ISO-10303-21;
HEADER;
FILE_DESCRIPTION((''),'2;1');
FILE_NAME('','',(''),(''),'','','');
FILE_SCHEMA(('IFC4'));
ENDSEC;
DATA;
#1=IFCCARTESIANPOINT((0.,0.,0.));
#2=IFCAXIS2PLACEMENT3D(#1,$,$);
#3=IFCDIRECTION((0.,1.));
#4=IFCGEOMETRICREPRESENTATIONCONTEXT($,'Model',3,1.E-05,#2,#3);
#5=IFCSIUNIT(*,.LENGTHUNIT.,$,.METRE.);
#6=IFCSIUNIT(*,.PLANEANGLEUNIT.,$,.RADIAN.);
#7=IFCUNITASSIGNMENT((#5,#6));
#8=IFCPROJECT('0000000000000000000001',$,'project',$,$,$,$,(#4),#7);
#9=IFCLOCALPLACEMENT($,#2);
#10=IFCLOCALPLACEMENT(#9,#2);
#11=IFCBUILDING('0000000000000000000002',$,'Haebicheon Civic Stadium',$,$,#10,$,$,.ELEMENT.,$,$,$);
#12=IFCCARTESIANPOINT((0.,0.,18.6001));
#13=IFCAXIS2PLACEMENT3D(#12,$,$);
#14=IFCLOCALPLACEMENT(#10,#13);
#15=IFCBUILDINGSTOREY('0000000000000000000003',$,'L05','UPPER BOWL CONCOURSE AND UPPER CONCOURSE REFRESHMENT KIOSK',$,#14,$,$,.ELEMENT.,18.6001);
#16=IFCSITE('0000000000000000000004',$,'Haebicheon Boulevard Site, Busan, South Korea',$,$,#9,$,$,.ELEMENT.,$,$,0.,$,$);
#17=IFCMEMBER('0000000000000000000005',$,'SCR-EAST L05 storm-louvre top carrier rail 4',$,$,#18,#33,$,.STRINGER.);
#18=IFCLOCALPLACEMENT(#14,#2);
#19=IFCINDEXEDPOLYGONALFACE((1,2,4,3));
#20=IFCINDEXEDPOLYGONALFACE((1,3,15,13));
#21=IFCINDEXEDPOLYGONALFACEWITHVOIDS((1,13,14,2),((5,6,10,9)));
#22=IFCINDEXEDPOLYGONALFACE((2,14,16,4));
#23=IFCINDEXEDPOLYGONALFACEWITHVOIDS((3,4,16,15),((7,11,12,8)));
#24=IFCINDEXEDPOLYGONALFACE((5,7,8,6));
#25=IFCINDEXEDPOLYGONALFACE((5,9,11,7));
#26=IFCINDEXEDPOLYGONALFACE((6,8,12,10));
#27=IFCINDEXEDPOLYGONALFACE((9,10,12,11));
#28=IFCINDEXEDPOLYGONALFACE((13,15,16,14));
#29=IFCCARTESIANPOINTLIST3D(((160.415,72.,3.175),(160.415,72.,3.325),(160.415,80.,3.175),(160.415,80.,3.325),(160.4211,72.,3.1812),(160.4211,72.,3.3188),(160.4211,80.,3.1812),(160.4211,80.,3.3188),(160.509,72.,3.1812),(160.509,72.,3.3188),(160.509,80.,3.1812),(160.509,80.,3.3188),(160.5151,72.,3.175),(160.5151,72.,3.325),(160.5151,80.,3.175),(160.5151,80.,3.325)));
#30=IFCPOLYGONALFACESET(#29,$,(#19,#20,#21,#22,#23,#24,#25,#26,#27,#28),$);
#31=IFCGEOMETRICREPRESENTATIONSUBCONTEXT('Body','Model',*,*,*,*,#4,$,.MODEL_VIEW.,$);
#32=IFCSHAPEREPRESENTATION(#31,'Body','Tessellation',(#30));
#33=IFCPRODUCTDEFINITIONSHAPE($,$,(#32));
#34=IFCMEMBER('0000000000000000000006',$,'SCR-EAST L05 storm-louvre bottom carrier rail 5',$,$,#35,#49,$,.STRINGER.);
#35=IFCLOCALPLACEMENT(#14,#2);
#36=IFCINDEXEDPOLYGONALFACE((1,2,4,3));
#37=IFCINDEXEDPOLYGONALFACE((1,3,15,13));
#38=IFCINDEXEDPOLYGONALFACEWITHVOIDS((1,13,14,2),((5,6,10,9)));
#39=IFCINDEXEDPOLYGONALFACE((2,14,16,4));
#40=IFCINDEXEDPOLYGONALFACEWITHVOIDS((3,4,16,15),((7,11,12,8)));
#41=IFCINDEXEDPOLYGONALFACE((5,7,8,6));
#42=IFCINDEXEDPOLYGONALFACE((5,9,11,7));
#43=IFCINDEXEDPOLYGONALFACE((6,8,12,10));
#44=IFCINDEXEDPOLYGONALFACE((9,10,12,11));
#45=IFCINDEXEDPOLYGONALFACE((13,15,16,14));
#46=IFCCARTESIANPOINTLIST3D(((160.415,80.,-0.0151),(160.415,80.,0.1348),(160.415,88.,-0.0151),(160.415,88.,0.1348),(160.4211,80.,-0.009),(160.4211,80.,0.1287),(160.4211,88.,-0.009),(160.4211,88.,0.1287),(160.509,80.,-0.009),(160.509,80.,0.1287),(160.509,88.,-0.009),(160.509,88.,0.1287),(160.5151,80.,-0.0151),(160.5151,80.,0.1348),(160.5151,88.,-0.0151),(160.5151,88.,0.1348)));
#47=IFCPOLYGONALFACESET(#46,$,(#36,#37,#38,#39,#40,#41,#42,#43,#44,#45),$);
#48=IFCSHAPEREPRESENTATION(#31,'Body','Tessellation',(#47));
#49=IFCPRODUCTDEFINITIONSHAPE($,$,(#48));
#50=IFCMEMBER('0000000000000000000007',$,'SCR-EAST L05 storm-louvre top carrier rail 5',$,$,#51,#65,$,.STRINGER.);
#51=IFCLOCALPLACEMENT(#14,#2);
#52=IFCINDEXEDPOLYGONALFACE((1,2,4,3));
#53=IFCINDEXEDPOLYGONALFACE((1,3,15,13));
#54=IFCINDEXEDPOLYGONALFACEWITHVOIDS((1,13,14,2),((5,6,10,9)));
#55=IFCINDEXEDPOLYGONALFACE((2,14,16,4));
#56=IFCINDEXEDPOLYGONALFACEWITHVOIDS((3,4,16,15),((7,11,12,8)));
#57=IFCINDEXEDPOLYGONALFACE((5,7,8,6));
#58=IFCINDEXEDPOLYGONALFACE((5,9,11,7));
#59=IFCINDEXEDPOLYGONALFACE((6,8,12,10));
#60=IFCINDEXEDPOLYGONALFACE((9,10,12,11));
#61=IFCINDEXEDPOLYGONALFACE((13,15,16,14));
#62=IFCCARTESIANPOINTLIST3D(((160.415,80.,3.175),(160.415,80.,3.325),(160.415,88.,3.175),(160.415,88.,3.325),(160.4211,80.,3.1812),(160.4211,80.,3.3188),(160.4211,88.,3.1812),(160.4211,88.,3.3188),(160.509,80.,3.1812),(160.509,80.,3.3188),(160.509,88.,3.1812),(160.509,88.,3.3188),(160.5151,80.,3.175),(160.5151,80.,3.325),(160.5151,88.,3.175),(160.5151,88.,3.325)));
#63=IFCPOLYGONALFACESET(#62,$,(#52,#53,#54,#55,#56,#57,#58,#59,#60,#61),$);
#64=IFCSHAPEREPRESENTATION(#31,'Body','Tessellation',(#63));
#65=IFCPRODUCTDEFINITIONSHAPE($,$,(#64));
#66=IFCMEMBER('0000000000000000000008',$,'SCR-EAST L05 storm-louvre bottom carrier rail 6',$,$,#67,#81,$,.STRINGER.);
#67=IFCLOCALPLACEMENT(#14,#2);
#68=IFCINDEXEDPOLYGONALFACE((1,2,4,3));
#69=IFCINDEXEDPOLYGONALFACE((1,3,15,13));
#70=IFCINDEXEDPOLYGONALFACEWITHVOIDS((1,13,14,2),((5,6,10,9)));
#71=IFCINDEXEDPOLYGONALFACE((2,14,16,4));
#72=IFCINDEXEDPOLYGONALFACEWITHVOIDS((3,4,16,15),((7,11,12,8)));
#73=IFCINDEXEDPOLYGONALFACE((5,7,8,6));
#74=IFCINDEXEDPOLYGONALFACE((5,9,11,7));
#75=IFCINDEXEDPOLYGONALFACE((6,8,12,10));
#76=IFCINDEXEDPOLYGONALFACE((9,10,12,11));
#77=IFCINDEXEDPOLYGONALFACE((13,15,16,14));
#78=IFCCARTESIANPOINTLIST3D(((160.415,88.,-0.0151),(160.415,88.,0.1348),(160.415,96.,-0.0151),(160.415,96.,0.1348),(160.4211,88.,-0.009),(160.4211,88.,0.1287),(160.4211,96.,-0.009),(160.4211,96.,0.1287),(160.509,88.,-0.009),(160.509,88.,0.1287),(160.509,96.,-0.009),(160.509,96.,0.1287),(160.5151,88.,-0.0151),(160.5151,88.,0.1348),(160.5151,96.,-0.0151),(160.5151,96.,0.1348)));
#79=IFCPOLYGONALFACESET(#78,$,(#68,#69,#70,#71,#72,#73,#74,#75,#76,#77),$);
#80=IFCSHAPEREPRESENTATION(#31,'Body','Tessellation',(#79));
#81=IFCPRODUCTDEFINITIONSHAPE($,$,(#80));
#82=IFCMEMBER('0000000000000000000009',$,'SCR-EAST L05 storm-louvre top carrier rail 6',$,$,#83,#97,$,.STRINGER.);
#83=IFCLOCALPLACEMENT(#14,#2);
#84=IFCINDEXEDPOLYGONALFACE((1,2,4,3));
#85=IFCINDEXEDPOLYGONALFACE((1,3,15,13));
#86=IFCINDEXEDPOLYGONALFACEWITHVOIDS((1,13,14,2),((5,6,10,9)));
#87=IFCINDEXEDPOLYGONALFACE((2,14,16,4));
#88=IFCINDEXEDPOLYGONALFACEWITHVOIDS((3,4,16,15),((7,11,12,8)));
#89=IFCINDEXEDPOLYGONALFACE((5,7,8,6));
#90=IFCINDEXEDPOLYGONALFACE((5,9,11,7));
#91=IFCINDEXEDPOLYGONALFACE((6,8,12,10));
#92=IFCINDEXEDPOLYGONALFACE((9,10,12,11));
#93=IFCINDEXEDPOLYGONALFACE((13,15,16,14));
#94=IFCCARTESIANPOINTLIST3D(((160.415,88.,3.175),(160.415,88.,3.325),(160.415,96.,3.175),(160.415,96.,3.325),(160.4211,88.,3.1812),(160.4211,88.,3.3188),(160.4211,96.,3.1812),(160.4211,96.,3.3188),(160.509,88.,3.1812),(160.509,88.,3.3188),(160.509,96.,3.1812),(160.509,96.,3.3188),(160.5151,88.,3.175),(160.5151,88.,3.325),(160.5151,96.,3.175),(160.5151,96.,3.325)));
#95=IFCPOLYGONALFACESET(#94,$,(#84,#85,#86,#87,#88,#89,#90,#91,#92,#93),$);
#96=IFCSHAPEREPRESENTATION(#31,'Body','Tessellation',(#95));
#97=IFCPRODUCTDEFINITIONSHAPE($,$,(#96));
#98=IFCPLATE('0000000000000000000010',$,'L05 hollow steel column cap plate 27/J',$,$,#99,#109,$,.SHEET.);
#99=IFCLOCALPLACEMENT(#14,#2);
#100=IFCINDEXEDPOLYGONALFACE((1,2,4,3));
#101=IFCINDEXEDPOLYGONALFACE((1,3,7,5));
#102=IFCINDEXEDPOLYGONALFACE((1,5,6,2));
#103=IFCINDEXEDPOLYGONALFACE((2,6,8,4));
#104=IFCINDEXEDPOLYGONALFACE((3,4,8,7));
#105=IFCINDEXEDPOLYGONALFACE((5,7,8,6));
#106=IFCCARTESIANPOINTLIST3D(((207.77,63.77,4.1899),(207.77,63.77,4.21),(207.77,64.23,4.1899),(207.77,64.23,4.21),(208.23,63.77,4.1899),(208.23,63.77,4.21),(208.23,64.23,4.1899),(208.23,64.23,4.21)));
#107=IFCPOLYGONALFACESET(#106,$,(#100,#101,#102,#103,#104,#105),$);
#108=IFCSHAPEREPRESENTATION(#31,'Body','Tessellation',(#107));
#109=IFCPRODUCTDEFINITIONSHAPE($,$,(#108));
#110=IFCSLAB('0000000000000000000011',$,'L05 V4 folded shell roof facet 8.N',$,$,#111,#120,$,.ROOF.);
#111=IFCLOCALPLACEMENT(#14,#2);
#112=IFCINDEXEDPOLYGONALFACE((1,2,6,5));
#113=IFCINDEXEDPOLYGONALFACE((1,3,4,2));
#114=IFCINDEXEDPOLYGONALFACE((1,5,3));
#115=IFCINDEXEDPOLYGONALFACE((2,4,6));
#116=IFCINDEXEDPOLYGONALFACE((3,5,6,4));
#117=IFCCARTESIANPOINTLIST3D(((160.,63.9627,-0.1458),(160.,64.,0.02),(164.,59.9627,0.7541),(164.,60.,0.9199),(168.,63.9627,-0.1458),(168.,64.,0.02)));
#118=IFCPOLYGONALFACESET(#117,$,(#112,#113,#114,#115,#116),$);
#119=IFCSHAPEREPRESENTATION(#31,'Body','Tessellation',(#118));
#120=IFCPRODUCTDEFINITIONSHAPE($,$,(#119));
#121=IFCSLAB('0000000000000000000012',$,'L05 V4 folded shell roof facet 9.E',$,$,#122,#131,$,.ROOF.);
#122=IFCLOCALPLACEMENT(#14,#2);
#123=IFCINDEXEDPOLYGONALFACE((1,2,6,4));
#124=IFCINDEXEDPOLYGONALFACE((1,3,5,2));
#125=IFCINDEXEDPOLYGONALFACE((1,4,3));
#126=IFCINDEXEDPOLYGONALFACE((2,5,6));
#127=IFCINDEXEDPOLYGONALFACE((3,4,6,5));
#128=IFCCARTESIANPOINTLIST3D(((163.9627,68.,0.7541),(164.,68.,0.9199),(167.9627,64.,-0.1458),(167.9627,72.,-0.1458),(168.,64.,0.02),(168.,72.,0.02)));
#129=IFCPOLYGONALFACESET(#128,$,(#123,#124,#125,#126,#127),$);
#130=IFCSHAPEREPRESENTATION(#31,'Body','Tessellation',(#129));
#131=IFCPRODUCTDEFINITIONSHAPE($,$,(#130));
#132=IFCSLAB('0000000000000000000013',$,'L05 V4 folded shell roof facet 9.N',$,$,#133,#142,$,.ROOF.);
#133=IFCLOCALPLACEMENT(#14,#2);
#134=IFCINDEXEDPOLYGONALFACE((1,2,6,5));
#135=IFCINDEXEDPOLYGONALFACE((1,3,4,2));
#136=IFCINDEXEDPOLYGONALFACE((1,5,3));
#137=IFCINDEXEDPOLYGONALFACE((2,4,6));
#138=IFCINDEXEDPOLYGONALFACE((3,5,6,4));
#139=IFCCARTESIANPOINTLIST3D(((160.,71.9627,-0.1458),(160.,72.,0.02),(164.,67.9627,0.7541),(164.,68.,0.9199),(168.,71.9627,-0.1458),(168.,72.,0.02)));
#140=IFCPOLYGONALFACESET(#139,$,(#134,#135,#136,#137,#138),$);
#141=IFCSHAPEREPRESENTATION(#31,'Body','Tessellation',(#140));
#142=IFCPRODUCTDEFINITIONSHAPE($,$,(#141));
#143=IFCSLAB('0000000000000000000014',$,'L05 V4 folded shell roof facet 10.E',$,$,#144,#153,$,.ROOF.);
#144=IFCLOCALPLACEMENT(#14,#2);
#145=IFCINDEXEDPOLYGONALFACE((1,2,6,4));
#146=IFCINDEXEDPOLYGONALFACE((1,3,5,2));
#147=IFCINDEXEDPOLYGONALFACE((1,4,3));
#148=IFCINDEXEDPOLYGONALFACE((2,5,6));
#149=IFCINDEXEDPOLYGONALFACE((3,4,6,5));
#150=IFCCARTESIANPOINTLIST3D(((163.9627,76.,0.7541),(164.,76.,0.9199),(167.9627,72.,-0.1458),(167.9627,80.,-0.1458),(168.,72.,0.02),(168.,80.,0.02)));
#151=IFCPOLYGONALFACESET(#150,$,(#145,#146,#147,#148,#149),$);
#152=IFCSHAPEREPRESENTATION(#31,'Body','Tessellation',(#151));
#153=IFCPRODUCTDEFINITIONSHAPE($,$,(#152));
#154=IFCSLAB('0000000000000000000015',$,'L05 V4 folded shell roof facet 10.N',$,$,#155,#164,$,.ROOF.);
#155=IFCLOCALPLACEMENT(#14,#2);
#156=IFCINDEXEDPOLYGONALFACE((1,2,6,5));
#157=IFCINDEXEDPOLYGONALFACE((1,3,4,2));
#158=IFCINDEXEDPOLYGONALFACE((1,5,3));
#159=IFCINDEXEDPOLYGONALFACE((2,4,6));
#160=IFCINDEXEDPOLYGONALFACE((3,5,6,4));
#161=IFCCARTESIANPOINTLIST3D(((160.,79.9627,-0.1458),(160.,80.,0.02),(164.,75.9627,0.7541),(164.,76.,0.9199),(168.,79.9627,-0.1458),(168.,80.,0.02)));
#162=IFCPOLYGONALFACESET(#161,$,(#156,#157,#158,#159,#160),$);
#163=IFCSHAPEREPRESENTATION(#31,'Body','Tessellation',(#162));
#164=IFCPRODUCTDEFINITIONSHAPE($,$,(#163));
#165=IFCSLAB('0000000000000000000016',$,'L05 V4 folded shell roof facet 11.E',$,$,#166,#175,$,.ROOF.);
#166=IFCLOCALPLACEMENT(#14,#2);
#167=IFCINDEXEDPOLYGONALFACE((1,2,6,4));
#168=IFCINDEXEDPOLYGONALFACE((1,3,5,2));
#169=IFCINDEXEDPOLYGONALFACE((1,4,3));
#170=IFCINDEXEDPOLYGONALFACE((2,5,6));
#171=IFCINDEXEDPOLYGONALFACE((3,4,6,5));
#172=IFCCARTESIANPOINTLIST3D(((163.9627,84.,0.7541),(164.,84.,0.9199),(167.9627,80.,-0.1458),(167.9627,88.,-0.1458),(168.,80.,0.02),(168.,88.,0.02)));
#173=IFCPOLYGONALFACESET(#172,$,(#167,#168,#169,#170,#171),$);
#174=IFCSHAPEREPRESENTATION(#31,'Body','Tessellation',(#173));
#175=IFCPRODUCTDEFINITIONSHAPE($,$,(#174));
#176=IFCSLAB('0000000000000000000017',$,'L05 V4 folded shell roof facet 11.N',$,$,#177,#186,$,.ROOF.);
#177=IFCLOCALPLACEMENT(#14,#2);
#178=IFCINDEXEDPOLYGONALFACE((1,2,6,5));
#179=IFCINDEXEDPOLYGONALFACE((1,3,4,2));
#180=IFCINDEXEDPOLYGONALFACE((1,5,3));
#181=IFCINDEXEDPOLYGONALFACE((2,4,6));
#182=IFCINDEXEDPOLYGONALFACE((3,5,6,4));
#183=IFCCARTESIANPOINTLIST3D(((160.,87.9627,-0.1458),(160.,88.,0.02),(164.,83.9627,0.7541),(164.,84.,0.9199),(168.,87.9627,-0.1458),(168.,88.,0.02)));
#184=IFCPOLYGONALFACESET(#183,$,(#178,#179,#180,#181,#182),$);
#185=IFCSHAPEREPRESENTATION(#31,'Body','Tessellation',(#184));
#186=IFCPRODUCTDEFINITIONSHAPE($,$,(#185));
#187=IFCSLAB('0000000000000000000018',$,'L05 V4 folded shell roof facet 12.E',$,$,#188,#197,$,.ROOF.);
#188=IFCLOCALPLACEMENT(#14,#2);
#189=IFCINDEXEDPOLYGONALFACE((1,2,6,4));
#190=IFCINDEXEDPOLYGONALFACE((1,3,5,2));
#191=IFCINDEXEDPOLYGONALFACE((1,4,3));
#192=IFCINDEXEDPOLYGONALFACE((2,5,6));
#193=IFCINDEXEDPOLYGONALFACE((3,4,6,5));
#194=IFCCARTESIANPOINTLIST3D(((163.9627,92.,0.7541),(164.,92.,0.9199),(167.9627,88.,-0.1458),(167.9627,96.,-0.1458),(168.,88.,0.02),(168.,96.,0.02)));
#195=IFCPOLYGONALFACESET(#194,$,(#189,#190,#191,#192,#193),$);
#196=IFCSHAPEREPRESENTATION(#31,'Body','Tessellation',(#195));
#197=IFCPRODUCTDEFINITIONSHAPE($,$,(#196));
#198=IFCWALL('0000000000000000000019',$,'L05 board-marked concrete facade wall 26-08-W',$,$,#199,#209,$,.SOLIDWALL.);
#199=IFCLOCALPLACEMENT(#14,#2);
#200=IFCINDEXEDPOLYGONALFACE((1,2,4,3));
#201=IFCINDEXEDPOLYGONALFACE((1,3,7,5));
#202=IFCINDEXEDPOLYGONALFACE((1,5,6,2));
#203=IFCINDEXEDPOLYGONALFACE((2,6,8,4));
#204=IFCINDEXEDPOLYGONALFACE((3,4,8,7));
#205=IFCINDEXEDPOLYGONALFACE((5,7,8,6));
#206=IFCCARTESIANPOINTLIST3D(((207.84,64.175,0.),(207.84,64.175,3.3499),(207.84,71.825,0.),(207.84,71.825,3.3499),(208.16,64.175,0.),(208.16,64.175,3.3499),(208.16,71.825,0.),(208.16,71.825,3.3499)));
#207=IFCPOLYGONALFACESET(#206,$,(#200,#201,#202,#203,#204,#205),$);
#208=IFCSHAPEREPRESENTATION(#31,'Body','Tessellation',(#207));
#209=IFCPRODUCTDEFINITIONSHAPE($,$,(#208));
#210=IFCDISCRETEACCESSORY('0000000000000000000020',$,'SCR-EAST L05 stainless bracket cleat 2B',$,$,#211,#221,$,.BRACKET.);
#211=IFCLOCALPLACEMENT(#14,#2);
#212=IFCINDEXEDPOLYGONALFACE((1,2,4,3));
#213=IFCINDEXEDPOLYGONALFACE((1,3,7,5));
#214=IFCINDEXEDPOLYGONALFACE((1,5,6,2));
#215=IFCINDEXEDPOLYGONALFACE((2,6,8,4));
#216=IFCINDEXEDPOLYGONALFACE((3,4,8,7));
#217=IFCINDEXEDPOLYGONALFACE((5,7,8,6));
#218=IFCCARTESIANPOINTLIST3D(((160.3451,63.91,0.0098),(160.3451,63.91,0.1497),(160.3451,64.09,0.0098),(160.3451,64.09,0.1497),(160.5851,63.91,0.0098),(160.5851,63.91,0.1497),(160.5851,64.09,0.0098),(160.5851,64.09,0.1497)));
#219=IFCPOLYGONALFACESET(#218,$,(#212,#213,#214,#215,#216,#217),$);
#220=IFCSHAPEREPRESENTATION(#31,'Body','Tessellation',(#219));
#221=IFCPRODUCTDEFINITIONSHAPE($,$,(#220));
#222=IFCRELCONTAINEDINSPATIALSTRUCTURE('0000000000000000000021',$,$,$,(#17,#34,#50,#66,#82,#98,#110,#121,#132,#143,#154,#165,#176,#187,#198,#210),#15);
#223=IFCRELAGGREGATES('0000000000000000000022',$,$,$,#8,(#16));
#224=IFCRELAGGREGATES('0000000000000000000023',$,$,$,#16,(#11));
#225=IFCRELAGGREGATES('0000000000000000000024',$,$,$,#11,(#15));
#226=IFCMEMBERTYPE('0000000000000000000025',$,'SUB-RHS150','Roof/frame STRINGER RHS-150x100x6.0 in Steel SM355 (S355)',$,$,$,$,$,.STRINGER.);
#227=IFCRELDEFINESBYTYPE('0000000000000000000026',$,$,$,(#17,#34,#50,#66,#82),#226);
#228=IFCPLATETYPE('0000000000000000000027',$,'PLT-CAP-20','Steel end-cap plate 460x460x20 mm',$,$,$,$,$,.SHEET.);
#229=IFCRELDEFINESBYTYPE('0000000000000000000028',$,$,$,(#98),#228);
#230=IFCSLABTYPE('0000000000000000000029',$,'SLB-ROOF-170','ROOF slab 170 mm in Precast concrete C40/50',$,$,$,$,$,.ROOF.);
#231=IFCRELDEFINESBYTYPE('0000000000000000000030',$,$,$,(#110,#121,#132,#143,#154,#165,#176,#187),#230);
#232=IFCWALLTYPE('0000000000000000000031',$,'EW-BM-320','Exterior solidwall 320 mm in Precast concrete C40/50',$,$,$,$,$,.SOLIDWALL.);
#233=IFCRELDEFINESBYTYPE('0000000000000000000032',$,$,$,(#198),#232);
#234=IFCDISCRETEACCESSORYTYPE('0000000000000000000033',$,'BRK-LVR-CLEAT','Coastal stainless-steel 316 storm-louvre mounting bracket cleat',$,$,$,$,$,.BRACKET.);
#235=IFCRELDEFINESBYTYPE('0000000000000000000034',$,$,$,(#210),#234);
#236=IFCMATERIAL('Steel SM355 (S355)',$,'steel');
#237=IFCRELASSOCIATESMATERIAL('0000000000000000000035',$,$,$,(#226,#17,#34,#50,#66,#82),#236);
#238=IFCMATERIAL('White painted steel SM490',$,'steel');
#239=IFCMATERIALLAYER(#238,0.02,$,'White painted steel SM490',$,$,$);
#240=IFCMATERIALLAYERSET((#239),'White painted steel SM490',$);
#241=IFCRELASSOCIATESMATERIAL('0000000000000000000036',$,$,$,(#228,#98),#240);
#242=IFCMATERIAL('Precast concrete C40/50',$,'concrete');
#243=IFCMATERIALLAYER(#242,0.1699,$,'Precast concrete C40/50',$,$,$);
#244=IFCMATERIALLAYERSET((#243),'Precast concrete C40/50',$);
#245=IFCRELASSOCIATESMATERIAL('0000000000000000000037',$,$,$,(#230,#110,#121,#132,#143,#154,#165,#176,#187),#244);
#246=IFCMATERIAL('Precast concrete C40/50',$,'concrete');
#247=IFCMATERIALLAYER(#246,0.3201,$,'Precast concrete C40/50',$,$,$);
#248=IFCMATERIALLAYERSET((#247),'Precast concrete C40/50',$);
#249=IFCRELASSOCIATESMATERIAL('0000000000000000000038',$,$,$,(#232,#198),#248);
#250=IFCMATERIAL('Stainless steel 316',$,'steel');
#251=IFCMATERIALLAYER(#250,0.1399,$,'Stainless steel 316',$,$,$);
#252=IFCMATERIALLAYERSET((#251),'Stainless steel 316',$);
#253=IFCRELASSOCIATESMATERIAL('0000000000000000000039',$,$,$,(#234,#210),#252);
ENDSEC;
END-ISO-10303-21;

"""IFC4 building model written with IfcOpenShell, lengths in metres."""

from ifc_helpers import new_model, si_unit, direction, frame, frame_2d, origin, origin_2d, place, context, subcontext, project, spatial, polyline, rectangle, hollow_rectangle, outline, extrude, material, layer, layer_set, material_profile, profile_set, type_object, element, save


model = new_model("IFC4")

# Units and contexts
model_context = context("Model", 3, precision=1e-05, world=origin(), true_north=direction((0.0, 1.0)))
body_context = subcontext(model_context, "Body", "Model", "MODEL_VIEW")
ifc_project = project(units=[si_unit("LENGTHUNIT", "METRE"), si_unit("PLANEANGLEUNIT", "RADIAN")], contexts=[model_context])

# Site, building, storey
site_placement = place(None, origin())
site = spatial("IfcSite", under=ifc_project, at=site_placement, Name="Haebicheon Boulevard Site, Busan, South Korea", CompositionType="ELEMENT", RefElevation=0.0)
building_placement = place(site_placement, origin())
building = spatial("IfcBuilding", under=site, at=building_placement, Name="Haebicheon Civic Stadium", CompositionType="ELEMENT")
storey_placement = place(building_placement, frame((0.0, 0.0, 18.6001)))
storey = spatial("IfcBuildingStorey", under=building, at=storey_placement, Name="L05", Description="UPPER BOWL CONCOURSE AND UPPER CONCOURSE REFRESHMENT KIOSK", CompositionType="ELEMENT", Elevation=18.6001)

# Members
ifc_material_1 = material(Name="Steel SM355 (S355)", Category="steel")
ifc_material_profile_1 = material_profile(ifc_material_1, hollow_rectangle(XDim=0.1001, YDim=0.1499, WallThickness=0.0061, at=origin_2d()), Name="RHS-150x100x6.0")
ifc_profile_set_1 = profile_set([ifc_material_profile_1], Name="Steel SM355 (S355)")
member_type = type_object("IfcMemberType", Name="SUB-RHS150", Description="Roof/frame STRINGER RHS-150x100x6.0 in Steel SM355 (S355)", PredefinedType="STRINGER", material=ifc_profile_set_1)
for number, where, z_axis, x_axis, name in (
    (1, (160.4651, 72.0, 3.25), (0.0, 1.0, 0.0), (-1.0, 0.0, 0.0), "SCR-EAST L05 storm-louvre top carrier rail 4"),
    (2, (160.4651, 80.0, 0.0598), (0.0, 1.0, 0.0), (-1.0, 0.0, 0.0), "SCR-EAST L05 storm-louvre bottom carrier rail 5"),
    (3, (160.4651, 80.0, 3.25), (0.0, 1.0, 0.0), (-1.0, 0.0, 0.0), "SCR-EAST L05 storm-louvre top carrier rail 5"),
    (4, (160.4651, 88.0, 0.0598), (0.0, 1.0, 0.0), (-1.0, 0.0, 0.0), "SCR-EAST L05 storm-louvre bottom carrier rail 6"),
    (5, (160.4651, 88.0, 3.25), (0.0, 1.0, 0.0), (-1.0, 0.0, 0.0), "SCR-EAST L05 storm-louvre top carrier rail 6"),
):
    element("IfcMember", number, at=place(storey_placement, frame(where, z_axis=z_axis, x_axis=x_axis)), inside=storey, type_object=member_type, material=ifc_profile_set_1, Name=name, PredefinedType="STRINGER", context=body_context, shape_type="SweptSolid", body=[
        extrude(hollow_rectangle(XDim=0.1001, YDim=0.1499, WallThickness=0.0061, at=origin_2d()), origin(), (0.0, 0.0, 1.0), 8.0),
    ])

# Plate
ifc_material_2 = material(Name="White painted steel SM490", Category="steel")
ifc_layer_1 = layer(ifc_material_2, 0.02, Name="White painted steel SM490")
ifc_layer_set_1 = layer_set([ifc_layer_1], Name="White painted steel SM490")
plate_type = type_object("IfcPlateType", Name="PLT-CAP-20", Description="Steel end-cap plate 460x460x20 mm", PredefinedType="SHEET", material=ifc_layer_set_1)
plate_placement = place(storey_placement, frame((208.0, 64.0, 4.1899), z_axis=(0.0, 0.0, 1.0), x_axis=(1.0, 0.0, 0.0)))
element("IfcPlate", 6, at=plate_placement, inside=storey, type_object=plate_type, material=ifc_layer_set_1, Name="L05 hollow steel column cap plate 27/J", PredefinedType="SHEET", context=body_context, shape_type="SweptSolid", body=[
    extrude(rectangle(XDim=0.46, YDim=0.46, at=origin_2d()), origin(), (0.0, 0.0, 1.0), 0.02),
])

# Slabs
ifc_material_3 = material(Name="Precast concrete C40/50", Category="concrete")
ifc_layer_2 = layer(ifc_material_3, 0.1699, Name="Precast concrete C40/50")
ifc_layer_set_2 = layer_set([ifc_layer_2], Name="Precast concrete C40/50")
slab_type = type_object("IfcSlabType", Name="SLB-ROOF-170", Description="ROOF slab 170 mm in Precast concrete C40/50", PredefinedType="ROOF", material=ifc_layer_set_2)
for number, where, z_axis, x_axis, name in (
    (7, (168.0, 64.0, 0.02), (0.0, 0.21949, 0.975615), (-1.0, 0.0, 0.0), "L05 V4 folded shell roof facet 8.N"),
    (8, (168.0, 64.0, 0.02), (0.21949, 0.0, 0.975615), (0.0, 1.0, 0.0), "L05 V4 folded shell roof facet 9.E"),
    (9, (168.0, 72.0, 0.02), (0.0, 0.21949, 0.975615), (-1.0, 0.0, 0.0), "L05 V4 folded shell roof facet 9.N"),
    (10, (168.0, 72.0, 0.02), (0.21949, 0.0, 0.975615), (0.0, 1.0, 0.0), "L05 V4 folded shell roof facet 10.E"),
    (11, (168.0, 80.0, 0.02), (0.0, 0.21949, 0.975615), (-1.0, 0.0, 0.0), "L05 V4 folded shell roof facet 10.N"),
    (12, (168.0, 80.0, 0.02), (0.21949, 0.0, 0.975615), (0.0, 1.0, 0.0), "L05 V4 folded shell roof facet 11.E"),
    (13, (168.0, 88.0, 0.02), (0.0, 0.21949, 0.975615), (-1.0, 0.0, 0.0), "L05 V4 folded shell roof facet 11.N"),
    (14, (168.0, 88.0, 0.02), (0.21949, 0.0, 0.975615), (0.0, 1.0, 0.0), "L05 V4 folded shell roof facet 12.E"),
):
    element("IfcSlab", number, at=place(storey_placement, frame(where, z_axis=z_axis, x_axis=x_axis)), inside=storey, type_object=slab_type, material=ifc_layer_set_2, Name=name, PredefinedType="ROOF", context=body_context, shape_type="SweptSolid", body=[
        extrude(outline(polyline([(0.0, 0.0), (8.0, 0.0), (4.0, 4.1), (0.0, 0.0)])), origin(), (0.0, 0.0, -1.0), 0.1699),
    ])

# Wall
ifc_material_4 = material(Name="Precast concrete C40/50", Category="concrete")
ifc_layer_3 = layer(ifc_material_4, 0.3201, Name="Precast concrete C40/50")
ifc_layer_set_3 = layer_set([ifc_layer_3], Name="Precast concrete C40/50")
wall_type = type_object("IfcWallType", Name="EW-BM-320", Description="Exterior solidwall 320 mm in Precast concrete C40/50", PredefinedType="SOLIDWALL", material=ifc_layer_set_3)
wall_placement = place(storey_placement, frame((208.0, 64.175, 0.0), z_axis=(0.0, 0.0, 1.0), x_axis=(0.0, 1.0, 0.0)))
element("IfcWall", 15, at=wall_placement, inside=storey, type_object=wall_type, material=ifc_layer_set_3, Name="L05 board-marked concrete facade wall 26-08-W", PredefinedType="SOLIDWALL", context=body_context, shape_type="SweptSolid", body=[
    extrude(rectangle(XDim=7.6499, YDim=0.3201, at=frame_2d((3.825, 0.0))), origin(), (0.0, 0.0, 1.0), 3.3499),
])

# Discrete accessory
ifc_material_5 = material(Name="Stainless steel 316", Category="steel")
ifc_layer_4 = layer(ifc_material_5, 0.1399, Name="Stainless steel 316")
ifc_layer_set_4 = layer_set([ifc_layer_4], Name="Stainless steel 316")
discrete_accessory_type = type_object("IfcDiscreteAccessoryType", Name="BRK-LVR-CLEAT", Description="Coastal stainless-steel 316 storm-louvre mounting bracket cleat", PredefinedType="BRACKET", material=ifc_layer_set_4)
for number, where, z_axis, x_axis, name in (
    (16, (160.4651, 64.0, 0.0098), (0.0, 0.0, 1.0), (1.0, 0.0, 0.0), "SCR-EAST L05 stainless bracket cleat 2B"),
):
    element("IfcDiscreteAccessory", number, at=place(storey_placement, frame(where, z_axis=z_axis, x_axis=x_axis)), inside=storey, type_object=discrete_accessory_type, material=ifc_layer_set_4, Name=name, PredefinedType="BRACKET", context=body_context, shape_type="SweptSolid", body=[
        extrude(rectangle(XDim=0.24, YDim=0.1799, at=origin_2d()), origin(), (0.0, 0.0, 1.0), 0.1399),
    ])

save(model, "model.ifc")
